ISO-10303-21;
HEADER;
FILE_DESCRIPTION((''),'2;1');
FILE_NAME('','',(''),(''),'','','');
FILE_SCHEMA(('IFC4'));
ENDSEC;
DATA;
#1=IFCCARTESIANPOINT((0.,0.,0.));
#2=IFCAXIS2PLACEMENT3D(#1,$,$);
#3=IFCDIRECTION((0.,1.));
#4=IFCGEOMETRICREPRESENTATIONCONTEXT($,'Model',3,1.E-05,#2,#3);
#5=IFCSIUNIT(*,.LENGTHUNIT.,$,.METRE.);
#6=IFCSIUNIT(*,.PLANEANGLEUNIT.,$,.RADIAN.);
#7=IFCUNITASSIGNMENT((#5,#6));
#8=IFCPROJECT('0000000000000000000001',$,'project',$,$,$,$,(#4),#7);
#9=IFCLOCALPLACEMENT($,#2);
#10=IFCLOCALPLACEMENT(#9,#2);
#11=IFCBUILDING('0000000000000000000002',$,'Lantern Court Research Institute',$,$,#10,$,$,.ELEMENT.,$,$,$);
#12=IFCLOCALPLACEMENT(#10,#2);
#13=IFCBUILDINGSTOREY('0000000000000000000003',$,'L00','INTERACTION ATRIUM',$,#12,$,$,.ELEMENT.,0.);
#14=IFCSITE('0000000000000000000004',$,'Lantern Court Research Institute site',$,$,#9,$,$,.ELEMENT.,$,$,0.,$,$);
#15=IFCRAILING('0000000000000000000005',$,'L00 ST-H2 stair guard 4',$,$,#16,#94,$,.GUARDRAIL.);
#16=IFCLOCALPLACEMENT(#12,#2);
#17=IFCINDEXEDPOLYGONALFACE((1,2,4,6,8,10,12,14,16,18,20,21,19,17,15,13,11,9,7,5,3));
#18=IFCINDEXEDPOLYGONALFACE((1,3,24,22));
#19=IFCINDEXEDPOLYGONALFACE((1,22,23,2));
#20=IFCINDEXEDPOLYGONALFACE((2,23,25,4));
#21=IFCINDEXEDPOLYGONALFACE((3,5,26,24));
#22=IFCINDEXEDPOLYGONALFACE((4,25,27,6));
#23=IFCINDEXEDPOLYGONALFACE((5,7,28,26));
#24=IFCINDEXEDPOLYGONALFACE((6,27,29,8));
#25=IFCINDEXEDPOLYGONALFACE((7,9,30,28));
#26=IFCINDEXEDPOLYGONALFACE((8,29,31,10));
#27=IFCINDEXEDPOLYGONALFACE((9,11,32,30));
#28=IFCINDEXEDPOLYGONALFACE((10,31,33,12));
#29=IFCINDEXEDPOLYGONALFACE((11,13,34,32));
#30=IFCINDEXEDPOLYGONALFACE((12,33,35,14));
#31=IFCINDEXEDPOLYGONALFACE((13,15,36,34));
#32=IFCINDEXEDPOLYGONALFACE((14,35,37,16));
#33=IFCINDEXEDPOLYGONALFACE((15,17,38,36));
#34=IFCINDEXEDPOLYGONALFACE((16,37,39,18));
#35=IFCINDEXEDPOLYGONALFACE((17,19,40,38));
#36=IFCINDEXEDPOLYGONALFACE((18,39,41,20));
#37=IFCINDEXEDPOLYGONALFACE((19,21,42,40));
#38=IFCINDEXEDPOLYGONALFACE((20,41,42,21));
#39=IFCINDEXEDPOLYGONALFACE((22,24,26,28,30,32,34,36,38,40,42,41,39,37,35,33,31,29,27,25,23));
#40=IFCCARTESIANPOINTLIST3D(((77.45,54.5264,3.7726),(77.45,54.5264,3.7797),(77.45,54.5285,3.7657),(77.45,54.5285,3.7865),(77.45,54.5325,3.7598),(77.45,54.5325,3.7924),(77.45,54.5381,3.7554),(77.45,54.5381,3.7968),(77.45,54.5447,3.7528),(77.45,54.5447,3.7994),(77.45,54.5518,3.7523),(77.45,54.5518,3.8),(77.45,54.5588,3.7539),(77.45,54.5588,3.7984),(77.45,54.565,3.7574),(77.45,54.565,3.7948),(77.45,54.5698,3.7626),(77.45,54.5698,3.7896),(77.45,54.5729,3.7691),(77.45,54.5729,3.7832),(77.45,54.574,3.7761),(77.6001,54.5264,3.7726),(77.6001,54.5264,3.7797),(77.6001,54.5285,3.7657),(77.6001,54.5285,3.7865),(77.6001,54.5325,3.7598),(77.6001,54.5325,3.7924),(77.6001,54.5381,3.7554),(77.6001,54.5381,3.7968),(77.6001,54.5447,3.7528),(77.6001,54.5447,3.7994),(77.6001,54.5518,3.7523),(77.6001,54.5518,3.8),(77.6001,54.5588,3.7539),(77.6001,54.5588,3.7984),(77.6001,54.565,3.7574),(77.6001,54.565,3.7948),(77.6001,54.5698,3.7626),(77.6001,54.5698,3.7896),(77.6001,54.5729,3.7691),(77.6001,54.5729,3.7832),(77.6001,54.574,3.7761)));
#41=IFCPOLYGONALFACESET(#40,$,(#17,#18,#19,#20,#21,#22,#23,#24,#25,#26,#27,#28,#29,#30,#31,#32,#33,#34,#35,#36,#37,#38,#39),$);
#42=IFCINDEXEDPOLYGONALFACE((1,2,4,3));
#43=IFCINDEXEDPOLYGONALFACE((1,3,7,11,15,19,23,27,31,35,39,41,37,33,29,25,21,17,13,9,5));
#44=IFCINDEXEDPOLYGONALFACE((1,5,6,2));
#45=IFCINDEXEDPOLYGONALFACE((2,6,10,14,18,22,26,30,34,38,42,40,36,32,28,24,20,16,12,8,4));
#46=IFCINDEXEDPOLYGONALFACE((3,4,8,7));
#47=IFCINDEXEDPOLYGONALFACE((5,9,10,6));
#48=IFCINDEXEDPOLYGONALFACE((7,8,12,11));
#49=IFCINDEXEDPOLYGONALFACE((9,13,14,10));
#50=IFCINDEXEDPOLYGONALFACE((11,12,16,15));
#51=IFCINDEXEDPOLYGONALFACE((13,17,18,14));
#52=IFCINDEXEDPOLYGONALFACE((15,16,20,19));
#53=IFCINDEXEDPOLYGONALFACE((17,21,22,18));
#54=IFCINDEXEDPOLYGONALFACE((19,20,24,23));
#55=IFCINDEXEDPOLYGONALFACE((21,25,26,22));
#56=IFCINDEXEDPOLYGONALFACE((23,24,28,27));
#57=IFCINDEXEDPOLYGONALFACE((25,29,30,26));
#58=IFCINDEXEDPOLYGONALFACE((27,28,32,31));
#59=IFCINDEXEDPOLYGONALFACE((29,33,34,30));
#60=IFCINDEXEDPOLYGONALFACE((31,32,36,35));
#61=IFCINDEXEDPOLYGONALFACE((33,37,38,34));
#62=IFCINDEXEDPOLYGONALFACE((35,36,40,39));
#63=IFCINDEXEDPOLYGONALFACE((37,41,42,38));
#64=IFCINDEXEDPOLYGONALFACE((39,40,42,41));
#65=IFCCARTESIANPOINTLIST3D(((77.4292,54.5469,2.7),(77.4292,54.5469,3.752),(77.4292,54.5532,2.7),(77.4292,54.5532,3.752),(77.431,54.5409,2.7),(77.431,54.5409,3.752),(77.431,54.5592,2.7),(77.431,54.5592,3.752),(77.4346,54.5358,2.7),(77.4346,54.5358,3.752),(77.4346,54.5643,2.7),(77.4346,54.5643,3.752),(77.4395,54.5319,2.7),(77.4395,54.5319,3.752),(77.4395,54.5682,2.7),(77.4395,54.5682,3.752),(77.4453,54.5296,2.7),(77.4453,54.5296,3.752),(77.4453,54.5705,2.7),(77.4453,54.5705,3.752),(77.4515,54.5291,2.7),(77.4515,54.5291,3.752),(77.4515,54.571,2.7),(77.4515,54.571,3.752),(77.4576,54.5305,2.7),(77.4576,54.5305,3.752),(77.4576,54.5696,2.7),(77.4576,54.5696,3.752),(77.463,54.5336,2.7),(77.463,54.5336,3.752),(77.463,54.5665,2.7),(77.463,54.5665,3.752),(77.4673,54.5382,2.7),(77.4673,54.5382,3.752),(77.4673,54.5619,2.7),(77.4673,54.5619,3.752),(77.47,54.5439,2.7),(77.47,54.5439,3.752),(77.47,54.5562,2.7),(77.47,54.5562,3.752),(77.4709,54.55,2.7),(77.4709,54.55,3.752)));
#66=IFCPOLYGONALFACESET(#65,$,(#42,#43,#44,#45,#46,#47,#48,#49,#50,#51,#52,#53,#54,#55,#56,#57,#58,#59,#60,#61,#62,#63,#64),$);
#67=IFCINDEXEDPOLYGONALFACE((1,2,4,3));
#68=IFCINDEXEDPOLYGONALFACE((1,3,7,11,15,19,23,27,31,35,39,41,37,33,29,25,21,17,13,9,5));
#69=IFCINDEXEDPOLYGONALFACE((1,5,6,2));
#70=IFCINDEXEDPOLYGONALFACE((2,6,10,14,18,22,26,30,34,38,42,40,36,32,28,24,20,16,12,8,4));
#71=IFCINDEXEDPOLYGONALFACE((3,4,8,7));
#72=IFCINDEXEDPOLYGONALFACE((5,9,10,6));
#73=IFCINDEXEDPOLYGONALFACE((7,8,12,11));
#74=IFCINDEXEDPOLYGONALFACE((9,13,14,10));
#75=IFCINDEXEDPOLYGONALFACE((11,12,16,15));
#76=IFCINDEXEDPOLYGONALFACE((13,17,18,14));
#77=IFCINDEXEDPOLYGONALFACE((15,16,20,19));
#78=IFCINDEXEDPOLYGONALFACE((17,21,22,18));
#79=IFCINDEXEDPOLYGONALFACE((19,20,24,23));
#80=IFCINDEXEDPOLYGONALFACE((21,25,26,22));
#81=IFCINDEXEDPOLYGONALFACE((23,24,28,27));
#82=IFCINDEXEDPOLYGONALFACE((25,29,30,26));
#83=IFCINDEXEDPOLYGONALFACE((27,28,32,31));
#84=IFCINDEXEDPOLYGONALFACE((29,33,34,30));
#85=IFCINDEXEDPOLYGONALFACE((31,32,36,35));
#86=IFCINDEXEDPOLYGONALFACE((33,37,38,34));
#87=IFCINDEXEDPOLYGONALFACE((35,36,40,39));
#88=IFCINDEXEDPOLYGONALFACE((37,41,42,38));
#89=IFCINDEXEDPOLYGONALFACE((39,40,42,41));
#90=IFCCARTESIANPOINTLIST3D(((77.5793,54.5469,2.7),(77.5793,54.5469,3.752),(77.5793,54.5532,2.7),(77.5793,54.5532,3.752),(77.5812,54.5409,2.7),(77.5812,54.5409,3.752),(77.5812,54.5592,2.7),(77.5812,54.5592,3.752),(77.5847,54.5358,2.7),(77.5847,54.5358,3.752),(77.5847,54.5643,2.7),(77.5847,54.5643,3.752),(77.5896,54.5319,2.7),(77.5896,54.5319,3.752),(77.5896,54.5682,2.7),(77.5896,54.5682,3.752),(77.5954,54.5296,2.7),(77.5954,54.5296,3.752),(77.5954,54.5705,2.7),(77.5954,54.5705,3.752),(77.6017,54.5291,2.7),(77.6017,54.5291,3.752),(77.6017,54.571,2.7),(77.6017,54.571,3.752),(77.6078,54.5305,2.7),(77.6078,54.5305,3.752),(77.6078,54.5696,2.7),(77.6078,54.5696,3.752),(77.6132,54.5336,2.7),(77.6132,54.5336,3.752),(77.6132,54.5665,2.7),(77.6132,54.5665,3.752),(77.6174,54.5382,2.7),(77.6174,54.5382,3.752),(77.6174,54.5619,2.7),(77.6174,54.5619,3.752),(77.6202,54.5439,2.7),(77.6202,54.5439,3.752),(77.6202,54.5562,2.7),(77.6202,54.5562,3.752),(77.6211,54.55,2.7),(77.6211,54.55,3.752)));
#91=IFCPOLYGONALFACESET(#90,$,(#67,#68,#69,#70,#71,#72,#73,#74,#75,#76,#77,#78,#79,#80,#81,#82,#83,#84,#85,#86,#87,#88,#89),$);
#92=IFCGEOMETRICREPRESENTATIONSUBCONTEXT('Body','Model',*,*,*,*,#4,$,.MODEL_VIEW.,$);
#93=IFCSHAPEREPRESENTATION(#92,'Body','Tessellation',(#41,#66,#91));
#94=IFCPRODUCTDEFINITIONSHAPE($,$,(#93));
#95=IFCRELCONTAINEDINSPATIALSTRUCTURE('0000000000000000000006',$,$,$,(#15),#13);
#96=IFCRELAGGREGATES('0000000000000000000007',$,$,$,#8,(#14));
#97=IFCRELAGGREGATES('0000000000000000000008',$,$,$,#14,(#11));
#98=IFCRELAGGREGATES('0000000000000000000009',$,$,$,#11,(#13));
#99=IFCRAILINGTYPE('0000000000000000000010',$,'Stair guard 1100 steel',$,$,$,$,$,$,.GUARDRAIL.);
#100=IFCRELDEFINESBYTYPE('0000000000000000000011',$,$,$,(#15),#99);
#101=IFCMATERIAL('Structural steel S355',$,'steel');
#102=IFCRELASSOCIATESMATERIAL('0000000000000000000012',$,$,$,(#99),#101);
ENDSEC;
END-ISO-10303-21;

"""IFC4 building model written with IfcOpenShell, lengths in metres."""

from ifc_helpers import new_model, si_unit, direction, frame, origin, origin_2d, place, context, subcontext, project, spatial, circle, extrude, material, type_object, element, save


model = new_model("IFC4")

# Units and contexts
model_context = context("Model", 3, precision=1e-05, world=origin(), true_north=direction((0.0, 1.0)))
body_context = subcontext(model_context, "Body", "Model", "MODEL_VIEW")
ifc_project = project(units=[si_unit("LENGTHUNIT", "METRE"), si_unit("PLANEANGLEUNIT", "RADIAN")], contexts=[model_context])

# Site, building, storey
site_placement = place(None, origin())
site = spatial("IfcSite", under=ifc_project, at=site_placement, Name="Lantern Court Research Institute site", CompositionType="ELEMENT", RefElevation=0.0)
building_placement = place(site_placement, origin())
building = spatial("IfcBuilding", under=site, at=building_placement, Name="Lantern Court Research Institute", CompositionType="ELEMENT")
storey_placement = place(building_placement, origin())
storey = spatial("IfcBuildingStorey", under=building, at=storey_placement, Name="L00", Description="INTERACTION ATRIUM", CompositionType="ELEMENT", Elevation=0.0)

# Railing
ifc_material_1 = material(Name="Structural steel S355", Category="steel")
railing_type_1 = type_object("IfcRailingType", Name="Stair guard 1100 steel", PredefinedType="GUARDRAIL", material=ifc_material_1)
railing_1_placement = place(storey_placement, frame((77.45, 54.55, 2.7)))
element("IfcRailing", 1, at=railing_1_placement, inside=storey, type_object=railing_type_1, Name="L00 ST-H2 stair guard 4", PredefinedType="GUARDRAIL", context=body_context, shape_type="SweptSolid", body=[
    extrude(circle(Radius=0.0239, at=origin_2d()), frame((0.0, 0.0, 1.0762), z_axis=(1.0, 0.0, 0.0), x_axis=(0.0, 1.0, 0.0)), (0.0, 0.0, 1.0), 0.1501),
    extrude(circle(Radius=0.021, at=origin_2d()), origin(), (0.0, 0.0, 1.0), 1.052),
    extrude(circle(Radius=0.021, at=origin_2d()), frame((0.1501, 0.0, 0.0)), (0.0, 0.0, 1.0), 1.052),
])

save(model, "model.ifc")
